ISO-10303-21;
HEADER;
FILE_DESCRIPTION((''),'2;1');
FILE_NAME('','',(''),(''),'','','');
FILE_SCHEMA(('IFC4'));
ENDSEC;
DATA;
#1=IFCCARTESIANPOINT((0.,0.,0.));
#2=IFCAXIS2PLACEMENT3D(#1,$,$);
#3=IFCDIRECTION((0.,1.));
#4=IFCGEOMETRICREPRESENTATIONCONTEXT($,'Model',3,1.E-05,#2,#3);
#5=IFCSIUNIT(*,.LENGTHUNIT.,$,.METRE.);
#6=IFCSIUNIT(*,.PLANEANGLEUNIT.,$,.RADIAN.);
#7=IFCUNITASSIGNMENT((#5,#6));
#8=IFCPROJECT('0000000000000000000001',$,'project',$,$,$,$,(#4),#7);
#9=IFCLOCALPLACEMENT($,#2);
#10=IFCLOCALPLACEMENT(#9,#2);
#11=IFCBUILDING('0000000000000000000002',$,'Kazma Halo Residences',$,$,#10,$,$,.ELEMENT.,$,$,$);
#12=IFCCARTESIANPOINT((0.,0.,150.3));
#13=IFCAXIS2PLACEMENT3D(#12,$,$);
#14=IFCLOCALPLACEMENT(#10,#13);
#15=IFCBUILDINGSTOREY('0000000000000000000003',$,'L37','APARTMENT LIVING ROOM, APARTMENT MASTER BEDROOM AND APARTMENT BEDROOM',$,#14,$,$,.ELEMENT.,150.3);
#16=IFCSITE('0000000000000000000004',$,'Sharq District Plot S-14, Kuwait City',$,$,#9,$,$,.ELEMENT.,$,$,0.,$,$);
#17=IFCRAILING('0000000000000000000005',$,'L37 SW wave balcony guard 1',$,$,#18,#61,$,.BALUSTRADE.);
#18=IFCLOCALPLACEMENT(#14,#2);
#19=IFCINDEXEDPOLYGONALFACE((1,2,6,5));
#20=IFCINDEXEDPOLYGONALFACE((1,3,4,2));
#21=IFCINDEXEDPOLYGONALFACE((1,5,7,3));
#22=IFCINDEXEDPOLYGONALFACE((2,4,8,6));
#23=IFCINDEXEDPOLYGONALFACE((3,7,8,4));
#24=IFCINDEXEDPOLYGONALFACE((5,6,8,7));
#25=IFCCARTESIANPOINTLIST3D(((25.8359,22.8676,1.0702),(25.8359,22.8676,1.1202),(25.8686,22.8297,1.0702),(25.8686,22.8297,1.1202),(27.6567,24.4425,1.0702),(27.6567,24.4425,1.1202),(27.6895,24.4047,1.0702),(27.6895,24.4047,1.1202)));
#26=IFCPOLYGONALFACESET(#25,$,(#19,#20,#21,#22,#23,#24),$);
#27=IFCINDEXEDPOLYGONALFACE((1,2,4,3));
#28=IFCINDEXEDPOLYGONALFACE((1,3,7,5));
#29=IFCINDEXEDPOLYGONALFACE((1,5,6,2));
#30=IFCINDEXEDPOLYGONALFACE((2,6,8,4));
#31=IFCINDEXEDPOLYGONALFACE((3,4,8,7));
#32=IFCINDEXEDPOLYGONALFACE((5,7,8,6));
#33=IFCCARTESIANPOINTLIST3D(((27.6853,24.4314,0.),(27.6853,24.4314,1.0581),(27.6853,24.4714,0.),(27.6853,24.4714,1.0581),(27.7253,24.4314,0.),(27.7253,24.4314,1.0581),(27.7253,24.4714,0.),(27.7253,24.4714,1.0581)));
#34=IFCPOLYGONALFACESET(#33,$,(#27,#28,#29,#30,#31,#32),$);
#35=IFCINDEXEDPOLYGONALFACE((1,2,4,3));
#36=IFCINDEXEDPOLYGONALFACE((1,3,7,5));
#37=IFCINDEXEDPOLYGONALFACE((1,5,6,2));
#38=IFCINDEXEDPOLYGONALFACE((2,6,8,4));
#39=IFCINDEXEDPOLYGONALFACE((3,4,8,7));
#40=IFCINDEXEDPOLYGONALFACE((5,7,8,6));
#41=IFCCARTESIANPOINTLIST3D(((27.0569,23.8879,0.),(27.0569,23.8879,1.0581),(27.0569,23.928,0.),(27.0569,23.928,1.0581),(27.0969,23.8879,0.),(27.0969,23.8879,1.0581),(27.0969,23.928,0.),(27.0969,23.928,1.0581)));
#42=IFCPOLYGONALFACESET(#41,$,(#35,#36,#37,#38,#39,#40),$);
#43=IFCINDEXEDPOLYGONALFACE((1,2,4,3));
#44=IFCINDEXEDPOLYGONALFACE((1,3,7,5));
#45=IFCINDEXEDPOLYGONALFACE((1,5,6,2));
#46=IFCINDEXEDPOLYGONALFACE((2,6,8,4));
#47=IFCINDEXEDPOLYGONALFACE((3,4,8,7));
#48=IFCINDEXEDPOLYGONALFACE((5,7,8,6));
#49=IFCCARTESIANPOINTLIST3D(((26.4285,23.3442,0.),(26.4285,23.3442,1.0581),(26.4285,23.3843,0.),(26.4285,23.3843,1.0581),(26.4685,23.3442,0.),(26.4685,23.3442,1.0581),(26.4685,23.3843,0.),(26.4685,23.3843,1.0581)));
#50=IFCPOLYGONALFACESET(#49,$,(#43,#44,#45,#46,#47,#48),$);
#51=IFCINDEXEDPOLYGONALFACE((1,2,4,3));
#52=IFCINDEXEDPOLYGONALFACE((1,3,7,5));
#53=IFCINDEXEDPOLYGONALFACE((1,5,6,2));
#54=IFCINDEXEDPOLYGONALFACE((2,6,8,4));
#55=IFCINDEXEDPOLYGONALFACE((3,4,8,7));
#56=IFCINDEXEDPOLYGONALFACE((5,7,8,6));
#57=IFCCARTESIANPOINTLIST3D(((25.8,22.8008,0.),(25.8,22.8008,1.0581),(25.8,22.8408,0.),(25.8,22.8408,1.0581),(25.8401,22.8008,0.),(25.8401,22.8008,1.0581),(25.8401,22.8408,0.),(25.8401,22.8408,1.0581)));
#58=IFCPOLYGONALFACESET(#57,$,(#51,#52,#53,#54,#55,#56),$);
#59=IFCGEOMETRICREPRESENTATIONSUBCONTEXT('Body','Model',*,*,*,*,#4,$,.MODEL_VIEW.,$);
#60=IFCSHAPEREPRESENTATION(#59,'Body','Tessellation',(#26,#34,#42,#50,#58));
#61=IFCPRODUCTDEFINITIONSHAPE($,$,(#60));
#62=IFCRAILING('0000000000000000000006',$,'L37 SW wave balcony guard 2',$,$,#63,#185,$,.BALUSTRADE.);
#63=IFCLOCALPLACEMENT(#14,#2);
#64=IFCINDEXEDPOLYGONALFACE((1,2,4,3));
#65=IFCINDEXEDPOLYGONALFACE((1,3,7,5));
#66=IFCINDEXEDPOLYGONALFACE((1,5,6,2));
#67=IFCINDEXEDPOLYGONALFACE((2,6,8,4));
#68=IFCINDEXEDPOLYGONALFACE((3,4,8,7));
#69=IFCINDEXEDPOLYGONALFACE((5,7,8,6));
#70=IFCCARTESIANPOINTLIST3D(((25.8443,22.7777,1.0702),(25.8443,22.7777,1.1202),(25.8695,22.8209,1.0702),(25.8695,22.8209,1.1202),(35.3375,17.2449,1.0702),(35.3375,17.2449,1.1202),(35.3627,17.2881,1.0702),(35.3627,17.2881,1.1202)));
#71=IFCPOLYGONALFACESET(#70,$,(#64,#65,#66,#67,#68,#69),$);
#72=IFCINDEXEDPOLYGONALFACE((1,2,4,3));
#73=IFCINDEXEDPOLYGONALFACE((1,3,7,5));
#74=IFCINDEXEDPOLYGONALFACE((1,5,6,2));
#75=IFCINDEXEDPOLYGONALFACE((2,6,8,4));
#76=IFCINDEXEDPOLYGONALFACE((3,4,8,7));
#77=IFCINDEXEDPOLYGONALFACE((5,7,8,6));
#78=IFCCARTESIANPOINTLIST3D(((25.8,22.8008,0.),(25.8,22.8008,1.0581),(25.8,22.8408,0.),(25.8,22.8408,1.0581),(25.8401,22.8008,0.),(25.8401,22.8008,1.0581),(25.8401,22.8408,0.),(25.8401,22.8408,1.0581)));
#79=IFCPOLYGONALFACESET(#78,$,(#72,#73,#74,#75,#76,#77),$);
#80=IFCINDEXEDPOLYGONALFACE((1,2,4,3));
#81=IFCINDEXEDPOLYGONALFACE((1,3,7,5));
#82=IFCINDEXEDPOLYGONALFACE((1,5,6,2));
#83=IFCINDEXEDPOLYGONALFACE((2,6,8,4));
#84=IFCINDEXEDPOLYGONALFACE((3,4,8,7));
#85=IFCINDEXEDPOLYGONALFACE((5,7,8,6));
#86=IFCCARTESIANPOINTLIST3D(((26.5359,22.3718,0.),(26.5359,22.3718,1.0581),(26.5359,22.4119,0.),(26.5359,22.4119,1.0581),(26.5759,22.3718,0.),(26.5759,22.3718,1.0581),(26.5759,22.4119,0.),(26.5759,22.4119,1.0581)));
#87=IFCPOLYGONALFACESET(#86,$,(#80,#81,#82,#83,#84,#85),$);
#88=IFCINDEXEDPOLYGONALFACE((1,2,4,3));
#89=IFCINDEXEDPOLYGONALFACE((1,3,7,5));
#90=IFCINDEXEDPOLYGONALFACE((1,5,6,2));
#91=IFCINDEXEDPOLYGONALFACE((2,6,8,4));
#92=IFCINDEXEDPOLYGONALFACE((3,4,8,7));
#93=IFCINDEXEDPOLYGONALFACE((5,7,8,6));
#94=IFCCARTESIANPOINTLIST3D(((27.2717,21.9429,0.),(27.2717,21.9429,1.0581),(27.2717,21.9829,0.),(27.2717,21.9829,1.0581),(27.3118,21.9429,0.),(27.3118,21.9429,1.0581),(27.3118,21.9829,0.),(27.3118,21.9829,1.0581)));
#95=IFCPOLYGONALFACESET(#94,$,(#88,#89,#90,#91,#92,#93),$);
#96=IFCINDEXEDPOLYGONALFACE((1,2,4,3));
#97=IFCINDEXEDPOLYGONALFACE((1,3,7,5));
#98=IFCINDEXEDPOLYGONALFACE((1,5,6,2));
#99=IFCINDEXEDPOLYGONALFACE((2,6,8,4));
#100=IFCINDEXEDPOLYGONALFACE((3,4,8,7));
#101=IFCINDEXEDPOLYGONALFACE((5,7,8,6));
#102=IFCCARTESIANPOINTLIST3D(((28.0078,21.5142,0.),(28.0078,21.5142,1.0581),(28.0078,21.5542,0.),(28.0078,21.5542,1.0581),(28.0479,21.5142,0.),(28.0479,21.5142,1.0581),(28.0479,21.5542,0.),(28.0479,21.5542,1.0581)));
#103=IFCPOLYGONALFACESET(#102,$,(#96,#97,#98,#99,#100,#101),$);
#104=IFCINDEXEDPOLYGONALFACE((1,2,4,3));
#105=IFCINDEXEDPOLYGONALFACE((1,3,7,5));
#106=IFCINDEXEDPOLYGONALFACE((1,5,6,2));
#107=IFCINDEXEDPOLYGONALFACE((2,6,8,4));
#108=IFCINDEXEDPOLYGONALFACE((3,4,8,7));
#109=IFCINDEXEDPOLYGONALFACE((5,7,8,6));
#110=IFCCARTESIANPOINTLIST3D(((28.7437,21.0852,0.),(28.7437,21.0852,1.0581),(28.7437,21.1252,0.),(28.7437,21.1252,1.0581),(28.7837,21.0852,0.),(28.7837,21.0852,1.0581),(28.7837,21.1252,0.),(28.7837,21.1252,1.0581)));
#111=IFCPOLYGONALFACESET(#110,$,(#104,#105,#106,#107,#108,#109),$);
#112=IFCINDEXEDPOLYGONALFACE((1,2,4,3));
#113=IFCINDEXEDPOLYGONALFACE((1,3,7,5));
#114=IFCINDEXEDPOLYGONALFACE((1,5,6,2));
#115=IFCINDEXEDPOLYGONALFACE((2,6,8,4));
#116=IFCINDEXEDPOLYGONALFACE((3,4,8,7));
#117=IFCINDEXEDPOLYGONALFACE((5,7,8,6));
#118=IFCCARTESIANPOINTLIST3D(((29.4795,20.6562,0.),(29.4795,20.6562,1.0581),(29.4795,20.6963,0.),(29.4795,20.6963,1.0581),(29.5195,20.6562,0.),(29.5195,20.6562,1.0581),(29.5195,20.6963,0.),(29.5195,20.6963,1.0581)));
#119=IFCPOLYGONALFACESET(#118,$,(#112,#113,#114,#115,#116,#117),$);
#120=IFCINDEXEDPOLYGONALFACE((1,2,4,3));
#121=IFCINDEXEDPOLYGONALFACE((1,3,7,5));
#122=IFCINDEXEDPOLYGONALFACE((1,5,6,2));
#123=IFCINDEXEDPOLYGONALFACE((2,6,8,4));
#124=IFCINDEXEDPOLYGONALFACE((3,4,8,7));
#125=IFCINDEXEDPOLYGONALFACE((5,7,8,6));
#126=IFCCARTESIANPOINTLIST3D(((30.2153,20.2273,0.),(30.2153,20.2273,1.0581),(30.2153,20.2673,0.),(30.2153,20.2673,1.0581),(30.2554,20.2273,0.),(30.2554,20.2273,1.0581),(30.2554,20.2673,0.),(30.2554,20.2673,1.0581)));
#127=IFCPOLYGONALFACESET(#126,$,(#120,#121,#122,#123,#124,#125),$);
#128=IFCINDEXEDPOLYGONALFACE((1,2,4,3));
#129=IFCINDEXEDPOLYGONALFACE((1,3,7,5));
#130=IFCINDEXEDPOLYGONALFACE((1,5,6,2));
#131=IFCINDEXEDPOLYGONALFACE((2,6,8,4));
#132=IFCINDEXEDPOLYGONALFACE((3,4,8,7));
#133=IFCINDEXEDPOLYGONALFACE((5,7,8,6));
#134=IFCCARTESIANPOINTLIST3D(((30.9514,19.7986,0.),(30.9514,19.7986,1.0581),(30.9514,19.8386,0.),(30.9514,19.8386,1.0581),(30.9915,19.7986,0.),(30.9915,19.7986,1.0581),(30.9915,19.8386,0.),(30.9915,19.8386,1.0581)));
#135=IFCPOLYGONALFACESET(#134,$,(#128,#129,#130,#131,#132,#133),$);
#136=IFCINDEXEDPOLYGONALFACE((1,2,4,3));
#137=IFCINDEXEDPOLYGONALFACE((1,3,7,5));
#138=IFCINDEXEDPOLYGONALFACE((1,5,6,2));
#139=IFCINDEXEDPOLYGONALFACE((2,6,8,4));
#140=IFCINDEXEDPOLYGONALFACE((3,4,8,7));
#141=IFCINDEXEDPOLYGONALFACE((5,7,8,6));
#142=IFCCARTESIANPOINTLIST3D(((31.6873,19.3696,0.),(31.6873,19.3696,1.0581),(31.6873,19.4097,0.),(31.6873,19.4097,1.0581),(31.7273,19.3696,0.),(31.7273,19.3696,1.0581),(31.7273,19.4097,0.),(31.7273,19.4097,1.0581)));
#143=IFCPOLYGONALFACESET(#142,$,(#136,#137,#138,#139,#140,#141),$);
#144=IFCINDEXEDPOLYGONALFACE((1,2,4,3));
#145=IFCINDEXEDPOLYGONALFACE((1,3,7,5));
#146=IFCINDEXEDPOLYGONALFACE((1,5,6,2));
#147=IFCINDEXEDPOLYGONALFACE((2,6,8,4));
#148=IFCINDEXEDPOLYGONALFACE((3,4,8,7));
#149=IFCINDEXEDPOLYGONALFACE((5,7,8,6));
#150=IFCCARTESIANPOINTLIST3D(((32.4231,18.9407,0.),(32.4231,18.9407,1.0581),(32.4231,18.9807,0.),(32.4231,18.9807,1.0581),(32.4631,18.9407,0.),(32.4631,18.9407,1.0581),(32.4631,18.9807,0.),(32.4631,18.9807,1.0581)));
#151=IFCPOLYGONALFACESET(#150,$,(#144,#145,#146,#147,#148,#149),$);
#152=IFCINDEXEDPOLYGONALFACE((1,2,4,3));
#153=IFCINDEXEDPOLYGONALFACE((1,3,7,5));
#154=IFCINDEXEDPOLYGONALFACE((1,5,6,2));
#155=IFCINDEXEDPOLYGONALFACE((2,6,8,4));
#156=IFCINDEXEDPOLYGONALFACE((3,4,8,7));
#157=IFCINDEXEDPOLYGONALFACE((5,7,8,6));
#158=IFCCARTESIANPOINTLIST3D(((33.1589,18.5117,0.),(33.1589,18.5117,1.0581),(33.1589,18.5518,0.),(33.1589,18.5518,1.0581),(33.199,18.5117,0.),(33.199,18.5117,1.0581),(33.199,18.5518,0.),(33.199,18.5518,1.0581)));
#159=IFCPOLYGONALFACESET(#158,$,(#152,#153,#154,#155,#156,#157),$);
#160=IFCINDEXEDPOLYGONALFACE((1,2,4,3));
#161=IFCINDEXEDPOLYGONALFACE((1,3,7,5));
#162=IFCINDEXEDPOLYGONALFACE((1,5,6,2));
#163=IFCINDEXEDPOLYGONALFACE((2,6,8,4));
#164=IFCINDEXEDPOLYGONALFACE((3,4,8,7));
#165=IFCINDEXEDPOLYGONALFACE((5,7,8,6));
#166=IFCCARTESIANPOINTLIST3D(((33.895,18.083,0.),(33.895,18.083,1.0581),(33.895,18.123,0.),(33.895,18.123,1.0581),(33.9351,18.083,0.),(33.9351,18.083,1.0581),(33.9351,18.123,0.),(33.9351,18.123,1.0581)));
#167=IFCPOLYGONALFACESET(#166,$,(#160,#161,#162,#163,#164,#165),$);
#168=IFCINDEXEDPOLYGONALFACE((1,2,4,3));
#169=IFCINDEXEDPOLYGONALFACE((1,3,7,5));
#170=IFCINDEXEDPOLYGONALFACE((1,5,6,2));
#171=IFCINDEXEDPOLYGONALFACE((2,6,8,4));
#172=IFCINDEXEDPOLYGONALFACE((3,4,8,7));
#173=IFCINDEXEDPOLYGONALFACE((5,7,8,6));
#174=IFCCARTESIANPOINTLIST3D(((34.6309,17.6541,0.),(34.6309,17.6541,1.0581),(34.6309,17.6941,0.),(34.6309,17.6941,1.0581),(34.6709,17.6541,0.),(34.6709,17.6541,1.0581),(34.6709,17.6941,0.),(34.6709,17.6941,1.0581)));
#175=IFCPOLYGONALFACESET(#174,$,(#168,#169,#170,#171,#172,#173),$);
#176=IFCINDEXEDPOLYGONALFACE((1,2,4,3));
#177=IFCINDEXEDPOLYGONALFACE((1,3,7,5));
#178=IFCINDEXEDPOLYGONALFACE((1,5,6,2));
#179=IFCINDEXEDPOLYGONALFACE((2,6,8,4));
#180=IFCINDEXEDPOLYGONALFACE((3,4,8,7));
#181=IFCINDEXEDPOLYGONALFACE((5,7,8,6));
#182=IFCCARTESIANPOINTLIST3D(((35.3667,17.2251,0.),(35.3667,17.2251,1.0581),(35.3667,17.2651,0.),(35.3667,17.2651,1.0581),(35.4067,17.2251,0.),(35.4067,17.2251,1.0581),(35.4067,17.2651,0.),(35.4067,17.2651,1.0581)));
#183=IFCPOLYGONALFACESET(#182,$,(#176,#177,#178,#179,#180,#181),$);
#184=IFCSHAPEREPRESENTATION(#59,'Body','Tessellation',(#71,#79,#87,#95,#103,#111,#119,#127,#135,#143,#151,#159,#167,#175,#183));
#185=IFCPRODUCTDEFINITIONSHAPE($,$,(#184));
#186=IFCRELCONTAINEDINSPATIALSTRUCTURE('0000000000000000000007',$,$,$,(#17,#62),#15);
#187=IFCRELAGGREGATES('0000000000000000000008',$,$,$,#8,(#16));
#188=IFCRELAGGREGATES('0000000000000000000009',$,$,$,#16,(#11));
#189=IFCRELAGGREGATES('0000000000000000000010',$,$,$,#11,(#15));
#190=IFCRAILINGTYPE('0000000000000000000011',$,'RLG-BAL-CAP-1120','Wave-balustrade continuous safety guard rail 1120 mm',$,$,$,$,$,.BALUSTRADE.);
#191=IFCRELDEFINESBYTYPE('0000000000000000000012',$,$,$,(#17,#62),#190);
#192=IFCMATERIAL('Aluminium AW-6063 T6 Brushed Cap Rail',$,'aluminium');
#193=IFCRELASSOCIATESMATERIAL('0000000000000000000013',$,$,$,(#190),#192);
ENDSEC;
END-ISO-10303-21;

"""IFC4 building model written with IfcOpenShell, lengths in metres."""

from ifc_helpers import new_model, si_unit, direction, frame, origin, origin_2d, place, context, subcontext, project, spatial, rectangle, extrude, material, type_object, element, save


model = new_model("IFC4")

# Units and contexts
model_context = context("Model", 3, precision=1e-05, world=origin(), true_north=direction((0.0, 1.0)))
body_context = subcontext(model_context, "Body", "Model", "MODEL_VIEW")
ifc_project = project(units=[si_unit("LENGTHUNIT", "METRE"), si_unit("PLANEANGLEUNIT", "RADIAN")], contexts=[model_context])

# Site, building, storey
site_placement = place(None, origin())
site = spatial("IfcSite", under=ifc_project, at=site_placement, Name="Sharq District Plot S-14, Kuwait City", CompositionType="ELEMENT", RefElevation=0.0)
building_placement = place(site_placement, origin())
building = spatial("IfcBuilding", under=site, at=building_placement, Name="Kazma Halo Residences", CompositionType="ELEMENT")
storey_placement = place(building_placement, frame((0.0, 0.0, 150.3)))
storey = spatial("IfcBuildingStorey", under=building, at=storey_placement, Name="L37", Description="APARTMENT LIVING ROOM, APARTMENT MASTER BEDROOM AND APARTMENT BEDROOM", CompositionType="ELEMENT", Elevation=150.3)

# Railings
ifc_material_1 = material(Name="Aluminium AW-6063 T6 Brushed Cap Rail", Category="aluminium")
railing_type = type_object("IfcRailingType", Name="RLG-BAL-CAP-1120", Description="Wave-balustrade continuous safety guard rail 1120 mm", PredefinedType="BALUSTRADE", material=ifc_material_1)
railing_1_placement = place(storey_placement, frame((27.7053, 24.4514, 0.0)))
element("IfcRailing", 1, at=railing_1_placement, inside=storey, type_object=railing_type, Name="L37 SW wave balcony guard 1", PredefinedType="BALUSTRADE", context=body_context, shape_type="SweptSolid", body=[
    extrude(rectangle(XDim=0.05, YDim=0.05, at=origin_2d()), frame((-0.0322, -0.0278, 1.0952), z_axis=(-0.756338, -0.654181, 0.0), x_axis=(0.654181, -0.756338, 0.0)), (0.0, 0.0, 1.0), 2.4075),
    extrude(rectangle(XDim=0.04, YDim=0.04, at=origin_2d()), origin(), (0.0, 0.0, 1.0), 1.0581),
    extrude(rectangle(XDim=0.04, YDim=0.04, at=origin_2d()), frame((-0.6284, -0.5435, 0.0)), (0.0, 0.0, 1.0), 1.0581),
    extrude(rectangle(XDim=0.04, YDim=0.04, at=origin_2d()), frame((-1.2568, -1.0872, 0.0)), (0.0, 0.0, 1.0), 1.0581),
    extrude(rectangle(XDim=0.04, YDim=0.04, at=origin_2d()), frame((-1.8853, -1.6306, 0.0)), (0.0, 0.0, 1.0), 1.0581),
])
railing_2_placement = place(storey_placement, frame((25.8201, 22.8208, 0.0)))
element("IfcRailing", 2, at=railing_2_placement, inside=storey, type_object=railing_type, Name="L37 SW wave balcony guard 2", PredefinedType="BALUSTRADE", context=body_context, shape_type="SweptSolid", body=[
    extrude(rectangle(XDim=0.05, YDim=0.05, at=origin_2d()), frame((0.0369, -0.0215, 1.0952), z_axis=(0.86397, -0.503543, 0.0), x_axis=(0.503543, 0.86397, 0.0)), (0.0, 0.0, 1.0), 10.9878),
    extrude(rectangle(XDim=0.04, YDim=0.04, at=origin_2d()), origin(), (0.0, 0.0, 1.0), 1.0581),
    extrude(rectangle(XDim=0.04, YDim=0.04, at=origin_2d()), frame((0.7358, -0.429, 0.0)), (0.0, 0.0, 1.0), 1.0581),
    extrude(rectangle(XDim=0.04, YDim=0.04, at=origin_2d()), frame((1.4717, -0.8579, 0.0)), (0.0, 0.0, 1.0), 1.0581),
    extrude(rectangle(XDim=0.04, YDim=0.04, at=origin_2d()), frame((2.2078, -1.2866, 0.0)), (0.0, 0.0, 1.0), 1.0581),
    extrude(rectangle(XDim=0.04, YDim=0.04, at=origin_2d()), frame((2.9436, -1.7156, 0.0)), (0.0, 0.0, 1.0), 1.0581),
    extrude(rectangle(XDim=0.04, YDim=0.04, at=origin_2d()), frame((3.6794, -2.1445, 0.0)), (0.0, 0.0, 1.0), 1.0581),
    extrude(rectangle(XDim=0.04, YDim=0.04, at=origin_2d()), frame((4.4153, -2.5735, 0.0)), (0.0, 0.0, 1.0), 1.0581),
    extrude(rectangle(XDim=0.04, YDim=0.04, at=origin_2d()), frame((5.1514, -3.0022, 0.0)), (0.0, 0.0, 1.0), 1.0581),
    extrude(rectangle(XDim=0.04, YDim=0.04, at=origin_2d()), frame((5.8872, -3.4312, 0.0)), (0.0, 0.0, 1.0), 1.0581),
    extrude(rectangle(XDim=0.04, YDim=0.04, at=origin_2d()), frame((6.623, -3.8601, 0.0)), (0.0, 0.0, 1.0), 1.0581),
    extrude(rectangle(XDim=0.04, YDim=0.04, at=origin_2d()), frame((7.3589, -4.2891, 0.0)), (0.0, 0.0, 1.0), 1.0581),
    extrude(rectangle(XDim=0.04, YDim=0.04, at=origin_2d()), frame((8.095, -4.7178, 0.0)), (0.0, 0.0, 1.0), 1.0581),
    extrude(rectangle(XDim=0.04, YDim=0.04, at=origin_2d()), frame((8.8308, -5.1467, 0.0)), (0.0, 0.0, 1.0), 1.0581),
    extrude(rectangle(XDim=0.04, YDim=0.04, at=origin_2d()), frame((9.5667, -5.5757, 0.0)), (0.0, 0.0, 1.0), 1.0581),
])

save(model, "model.ifc")
